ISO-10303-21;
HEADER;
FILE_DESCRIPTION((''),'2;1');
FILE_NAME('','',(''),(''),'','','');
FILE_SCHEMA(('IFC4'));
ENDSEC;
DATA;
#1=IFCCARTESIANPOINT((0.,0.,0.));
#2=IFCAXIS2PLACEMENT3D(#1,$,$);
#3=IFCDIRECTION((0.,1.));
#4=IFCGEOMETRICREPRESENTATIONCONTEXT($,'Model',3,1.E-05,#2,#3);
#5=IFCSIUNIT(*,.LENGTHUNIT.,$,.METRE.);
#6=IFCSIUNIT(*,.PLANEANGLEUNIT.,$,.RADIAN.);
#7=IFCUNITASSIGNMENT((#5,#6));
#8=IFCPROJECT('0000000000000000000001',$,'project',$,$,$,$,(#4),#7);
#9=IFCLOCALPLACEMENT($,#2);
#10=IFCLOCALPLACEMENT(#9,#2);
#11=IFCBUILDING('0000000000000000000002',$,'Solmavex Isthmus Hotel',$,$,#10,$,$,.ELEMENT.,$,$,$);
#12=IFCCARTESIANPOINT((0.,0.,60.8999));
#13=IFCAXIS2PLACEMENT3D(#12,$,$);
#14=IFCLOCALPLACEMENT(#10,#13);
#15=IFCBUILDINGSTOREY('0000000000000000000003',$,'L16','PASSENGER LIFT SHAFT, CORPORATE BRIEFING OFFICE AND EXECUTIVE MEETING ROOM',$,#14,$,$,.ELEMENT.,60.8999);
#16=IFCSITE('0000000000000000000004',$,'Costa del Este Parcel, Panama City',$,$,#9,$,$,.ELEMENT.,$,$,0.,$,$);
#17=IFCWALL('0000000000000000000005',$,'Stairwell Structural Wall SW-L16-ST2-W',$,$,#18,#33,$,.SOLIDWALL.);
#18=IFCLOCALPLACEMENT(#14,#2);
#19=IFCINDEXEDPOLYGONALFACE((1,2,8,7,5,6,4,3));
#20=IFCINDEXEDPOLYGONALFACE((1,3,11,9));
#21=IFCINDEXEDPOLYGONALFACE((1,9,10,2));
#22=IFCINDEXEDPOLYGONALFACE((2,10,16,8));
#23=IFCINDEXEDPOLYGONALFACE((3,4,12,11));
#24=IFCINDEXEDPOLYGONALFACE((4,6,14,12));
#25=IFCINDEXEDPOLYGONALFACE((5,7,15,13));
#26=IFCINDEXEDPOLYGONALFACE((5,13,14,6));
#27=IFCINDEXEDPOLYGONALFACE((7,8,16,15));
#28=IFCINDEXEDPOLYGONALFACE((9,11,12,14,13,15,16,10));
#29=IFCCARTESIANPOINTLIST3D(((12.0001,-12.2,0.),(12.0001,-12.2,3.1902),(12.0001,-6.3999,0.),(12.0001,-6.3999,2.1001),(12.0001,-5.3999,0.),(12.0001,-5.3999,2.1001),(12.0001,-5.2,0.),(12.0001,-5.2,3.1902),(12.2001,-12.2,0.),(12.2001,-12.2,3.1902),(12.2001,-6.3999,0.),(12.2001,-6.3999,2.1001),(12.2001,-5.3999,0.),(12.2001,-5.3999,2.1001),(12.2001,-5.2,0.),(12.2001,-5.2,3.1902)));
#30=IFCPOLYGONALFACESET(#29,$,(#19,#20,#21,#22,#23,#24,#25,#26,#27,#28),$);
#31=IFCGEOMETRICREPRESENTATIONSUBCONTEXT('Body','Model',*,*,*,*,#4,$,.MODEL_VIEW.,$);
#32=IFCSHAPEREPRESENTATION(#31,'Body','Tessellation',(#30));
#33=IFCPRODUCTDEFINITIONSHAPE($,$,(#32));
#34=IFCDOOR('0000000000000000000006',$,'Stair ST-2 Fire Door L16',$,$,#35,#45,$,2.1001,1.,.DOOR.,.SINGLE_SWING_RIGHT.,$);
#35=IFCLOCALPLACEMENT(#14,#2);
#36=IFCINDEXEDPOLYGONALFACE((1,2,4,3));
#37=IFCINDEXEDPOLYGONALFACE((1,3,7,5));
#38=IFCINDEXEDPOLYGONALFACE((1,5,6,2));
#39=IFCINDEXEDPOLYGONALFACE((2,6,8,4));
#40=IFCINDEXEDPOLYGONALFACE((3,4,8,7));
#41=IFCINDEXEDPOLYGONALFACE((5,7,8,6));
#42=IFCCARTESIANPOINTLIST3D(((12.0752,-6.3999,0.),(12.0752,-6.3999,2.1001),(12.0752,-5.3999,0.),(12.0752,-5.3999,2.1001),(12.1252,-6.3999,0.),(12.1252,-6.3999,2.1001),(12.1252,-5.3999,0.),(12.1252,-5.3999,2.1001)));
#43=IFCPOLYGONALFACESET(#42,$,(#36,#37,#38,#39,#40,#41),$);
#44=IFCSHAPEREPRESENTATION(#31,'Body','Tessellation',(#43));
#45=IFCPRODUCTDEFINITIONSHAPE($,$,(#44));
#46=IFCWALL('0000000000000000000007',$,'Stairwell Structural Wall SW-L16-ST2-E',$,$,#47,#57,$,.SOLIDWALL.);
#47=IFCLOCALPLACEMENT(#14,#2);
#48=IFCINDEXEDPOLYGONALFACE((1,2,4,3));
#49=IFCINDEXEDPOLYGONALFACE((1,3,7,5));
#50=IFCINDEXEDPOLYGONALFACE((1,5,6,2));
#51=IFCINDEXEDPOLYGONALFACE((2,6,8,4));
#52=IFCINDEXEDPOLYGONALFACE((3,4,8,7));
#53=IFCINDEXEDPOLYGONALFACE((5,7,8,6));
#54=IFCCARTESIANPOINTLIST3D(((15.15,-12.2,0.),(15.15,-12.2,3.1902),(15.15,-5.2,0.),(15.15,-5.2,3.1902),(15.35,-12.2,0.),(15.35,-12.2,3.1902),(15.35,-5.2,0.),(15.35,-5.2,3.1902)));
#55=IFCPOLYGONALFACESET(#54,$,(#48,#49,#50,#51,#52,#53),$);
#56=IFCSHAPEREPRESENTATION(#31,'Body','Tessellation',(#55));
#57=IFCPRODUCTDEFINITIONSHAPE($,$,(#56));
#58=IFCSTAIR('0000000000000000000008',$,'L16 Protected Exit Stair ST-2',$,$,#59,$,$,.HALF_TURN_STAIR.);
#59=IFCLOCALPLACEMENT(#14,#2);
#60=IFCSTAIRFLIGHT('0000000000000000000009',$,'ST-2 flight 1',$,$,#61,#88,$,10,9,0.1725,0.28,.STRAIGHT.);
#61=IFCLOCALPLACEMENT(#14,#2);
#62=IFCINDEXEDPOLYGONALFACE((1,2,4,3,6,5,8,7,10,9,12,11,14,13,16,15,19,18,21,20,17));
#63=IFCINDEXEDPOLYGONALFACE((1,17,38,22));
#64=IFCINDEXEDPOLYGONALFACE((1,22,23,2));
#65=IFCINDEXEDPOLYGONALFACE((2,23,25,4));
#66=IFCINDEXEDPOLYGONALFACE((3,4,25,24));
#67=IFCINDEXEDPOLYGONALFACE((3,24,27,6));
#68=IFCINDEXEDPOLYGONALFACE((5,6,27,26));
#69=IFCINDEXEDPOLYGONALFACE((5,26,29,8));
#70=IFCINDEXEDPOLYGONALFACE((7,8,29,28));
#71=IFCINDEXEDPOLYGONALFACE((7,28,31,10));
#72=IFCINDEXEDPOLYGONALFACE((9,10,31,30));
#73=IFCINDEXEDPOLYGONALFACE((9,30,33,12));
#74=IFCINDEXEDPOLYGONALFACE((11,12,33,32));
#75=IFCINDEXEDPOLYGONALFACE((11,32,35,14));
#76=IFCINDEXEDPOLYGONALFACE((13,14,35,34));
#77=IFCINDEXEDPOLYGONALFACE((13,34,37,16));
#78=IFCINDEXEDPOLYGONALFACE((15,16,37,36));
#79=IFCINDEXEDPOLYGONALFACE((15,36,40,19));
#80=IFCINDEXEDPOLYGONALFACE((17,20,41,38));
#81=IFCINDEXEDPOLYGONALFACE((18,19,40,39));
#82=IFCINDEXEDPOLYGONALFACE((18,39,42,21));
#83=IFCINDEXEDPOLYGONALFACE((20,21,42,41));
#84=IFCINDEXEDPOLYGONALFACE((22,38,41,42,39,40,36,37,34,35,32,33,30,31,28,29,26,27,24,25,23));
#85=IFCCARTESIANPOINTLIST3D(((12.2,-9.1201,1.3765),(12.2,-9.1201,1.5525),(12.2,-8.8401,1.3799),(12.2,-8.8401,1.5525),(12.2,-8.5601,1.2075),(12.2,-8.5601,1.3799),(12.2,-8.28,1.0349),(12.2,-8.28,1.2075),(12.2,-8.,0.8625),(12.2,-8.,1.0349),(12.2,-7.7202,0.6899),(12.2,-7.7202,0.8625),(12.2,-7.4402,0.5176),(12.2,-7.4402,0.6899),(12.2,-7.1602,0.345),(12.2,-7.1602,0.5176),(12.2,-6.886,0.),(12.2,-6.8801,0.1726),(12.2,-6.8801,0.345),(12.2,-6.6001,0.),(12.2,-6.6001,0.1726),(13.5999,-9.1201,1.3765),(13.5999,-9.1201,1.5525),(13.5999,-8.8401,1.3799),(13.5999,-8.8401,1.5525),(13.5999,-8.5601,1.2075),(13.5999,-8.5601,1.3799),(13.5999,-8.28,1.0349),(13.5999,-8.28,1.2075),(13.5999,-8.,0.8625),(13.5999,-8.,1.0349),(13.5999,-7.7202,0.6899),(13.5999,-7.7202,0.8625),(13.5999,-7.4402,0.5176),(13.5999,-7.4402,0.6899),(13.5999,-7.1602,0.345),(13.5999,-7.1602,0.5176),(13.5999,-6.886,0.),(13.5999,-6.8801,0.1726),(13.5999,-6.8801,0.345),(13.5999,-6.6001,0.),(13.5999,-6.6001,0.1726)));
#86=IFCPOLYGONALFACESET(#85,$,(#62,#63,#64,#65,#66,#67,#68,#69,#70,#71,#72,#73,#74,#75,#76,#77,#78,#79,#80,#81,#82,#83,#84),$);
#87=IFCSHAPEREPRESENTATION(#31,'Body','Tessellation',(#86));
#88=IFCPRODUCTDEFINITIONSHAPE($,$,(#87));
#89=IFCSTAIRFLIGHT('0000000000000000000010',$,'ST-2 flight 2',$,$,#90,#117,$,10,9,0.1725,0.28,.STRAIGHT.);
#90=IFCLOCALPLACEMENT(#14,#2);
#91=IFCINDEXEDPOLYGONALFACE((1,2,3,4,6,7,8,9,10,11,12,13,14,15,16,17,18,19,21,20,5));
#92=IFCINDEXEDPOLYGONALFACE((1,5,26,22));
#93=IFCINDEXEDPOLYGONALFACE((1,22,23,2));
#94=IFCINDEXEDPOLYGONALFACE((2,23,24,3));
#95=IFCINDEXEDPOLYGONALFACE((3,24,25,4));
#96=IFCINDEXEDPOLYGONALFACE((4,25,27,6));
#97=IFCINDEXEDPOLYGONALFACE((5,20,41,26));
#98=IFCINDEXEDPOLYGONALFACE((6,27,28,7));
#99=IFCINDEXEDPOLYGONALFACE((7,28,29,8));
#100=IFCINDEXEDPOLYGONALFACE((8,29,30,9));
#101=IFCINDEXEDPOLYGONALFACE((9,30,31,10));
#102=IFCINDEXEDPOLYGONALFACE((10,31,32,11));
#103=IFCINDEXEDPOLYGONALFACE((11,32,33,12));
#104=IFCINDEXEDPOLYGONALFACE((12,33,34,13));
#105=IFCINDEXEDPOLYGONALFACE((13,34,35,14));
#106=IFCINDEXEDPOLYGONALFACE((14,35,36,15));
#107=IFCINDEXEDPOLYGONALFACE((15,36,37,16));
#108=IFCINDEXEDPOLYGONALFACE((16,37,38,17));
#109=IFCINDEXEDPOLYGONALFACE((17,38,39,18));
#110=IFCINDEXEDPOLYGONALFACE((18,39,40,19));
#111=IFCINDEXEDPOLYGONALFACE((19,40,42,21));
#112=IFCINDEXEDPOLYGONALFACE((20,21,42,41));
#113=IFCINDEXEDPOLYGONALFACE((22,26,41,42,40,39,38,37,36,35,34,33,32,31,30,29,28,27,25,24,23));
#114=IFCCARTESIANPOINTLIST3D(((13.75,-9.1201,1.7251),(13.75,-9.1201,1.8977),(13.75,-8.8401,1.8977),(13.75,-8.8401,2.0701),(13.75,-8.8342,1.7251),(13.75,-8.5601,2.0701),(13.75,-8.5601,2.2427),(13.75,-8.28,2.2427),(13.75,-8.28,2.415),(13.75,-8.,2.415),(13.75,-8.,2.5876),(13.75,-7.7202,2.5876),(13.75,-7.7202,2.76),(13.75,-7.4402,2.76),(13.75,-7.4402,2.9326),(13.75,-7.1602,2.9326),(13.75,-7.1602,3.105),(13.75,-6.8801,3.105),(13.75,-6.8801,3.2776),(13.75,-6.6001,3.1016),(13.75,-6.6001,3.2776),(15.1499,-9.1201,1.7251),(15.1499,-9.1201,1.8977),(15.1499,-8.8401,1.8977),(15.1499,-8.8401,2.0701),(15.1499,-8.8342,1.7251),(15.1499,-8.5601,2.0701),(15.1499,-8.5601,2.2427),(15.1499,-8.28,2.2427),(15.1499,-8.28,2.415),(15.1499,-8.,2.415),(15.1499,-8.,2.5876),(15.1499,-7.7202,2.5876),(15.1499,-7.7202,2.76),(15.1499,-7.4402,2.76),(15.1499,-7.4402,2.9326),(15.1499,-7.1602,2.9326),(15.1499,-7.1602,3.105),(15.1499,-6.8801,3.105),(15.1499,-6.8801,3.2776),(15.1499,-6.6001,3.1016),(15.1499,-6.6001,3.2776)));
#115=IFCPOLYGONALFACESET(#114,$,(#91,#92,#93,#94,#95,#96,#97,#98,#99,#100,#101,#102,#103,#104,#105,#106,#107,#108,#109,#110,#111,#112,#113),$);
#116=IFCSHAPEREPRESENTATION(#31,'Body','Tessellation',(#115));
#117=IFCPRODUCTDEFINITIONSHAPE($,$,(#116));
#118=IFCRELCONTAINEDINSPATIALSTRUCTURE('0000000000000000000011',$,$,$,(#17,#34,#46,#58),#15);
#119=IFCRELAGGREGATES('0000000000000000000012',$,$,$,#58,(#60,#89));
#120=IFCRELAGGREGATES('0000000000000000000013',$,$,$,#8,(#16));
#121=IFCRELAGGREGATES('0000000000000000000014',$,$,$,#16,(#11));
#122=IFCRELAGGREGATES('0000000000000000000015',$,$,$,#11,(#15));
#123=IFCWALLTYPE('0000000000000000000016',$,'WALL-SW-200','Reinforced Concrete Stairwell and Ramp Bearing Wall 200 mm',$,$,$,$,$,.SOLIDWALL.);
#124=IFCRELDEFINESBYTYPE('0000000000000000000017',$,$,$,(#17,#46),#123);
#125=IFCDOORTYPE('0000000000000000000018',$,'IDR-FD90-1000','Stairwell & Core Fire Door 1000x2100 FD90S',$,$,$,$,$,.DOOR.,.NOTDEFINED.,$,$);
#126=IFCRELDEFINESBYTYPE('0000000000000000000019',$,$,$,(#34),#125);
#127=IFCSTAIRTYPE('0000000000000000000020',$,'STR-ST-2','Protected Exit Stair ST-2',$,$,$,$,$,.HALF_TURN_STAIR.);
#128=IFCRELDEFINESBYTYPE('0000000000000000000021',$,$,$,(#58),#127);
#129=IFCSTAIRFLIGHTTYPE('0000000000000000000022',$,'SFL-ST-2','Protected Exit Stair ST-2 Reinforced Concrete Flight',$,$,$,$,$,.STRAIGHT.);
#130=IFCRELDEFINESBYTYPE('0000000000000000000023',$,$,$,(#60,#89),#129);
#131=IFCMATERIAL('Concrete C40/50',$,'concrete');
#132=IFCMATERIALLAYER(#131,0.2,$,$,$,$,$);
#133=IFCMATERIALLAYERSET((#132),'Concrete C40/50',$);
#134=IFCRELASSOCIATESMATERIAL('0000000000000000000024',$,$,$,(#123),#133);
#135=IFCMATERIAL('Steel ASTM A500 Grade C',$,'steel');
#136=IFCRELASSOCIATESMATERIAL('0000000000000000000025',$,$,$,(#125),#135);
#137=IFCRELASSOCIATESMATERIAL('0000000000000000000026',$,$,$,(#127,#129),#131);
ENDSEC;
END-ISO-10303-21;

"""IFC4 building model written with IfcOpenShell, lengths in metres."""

from ifc_helpers import new_model, si_unit, direction, frame, frame_2d, origin, place, context, subcontext, project, spatial, polyline, rectangle, outline, extrude, material, layer, layer_set, type_object, element, fill, aggregate, save


model = new_model("IFC4")

# Units and contexts
model_context = context("Model", 3, precision=1e-05, world=origin(), true_north=direction((0.0, 1.0)))
body_context = subcontext(model_context, "Body", "Model", "MODEL_VIEW")
ifc_project = project(units=[si_unit("LENGTHUNIT", "METRE"), si_unit("PLANEANGLEUNIT", "RADIAN")], contexts=[model_context])

# Site, building, storey
site_placement = place(None, origin())
site = spatial("IfcSite", under=ifc_project, at=site_placement, Name="Costa del Este Parcel, Panama City", CompositionType="ELEMENT", RefElevation=0.0)
building_placement = place(site_placement, origin())
building = spatial("IfcBuilding", under=site, at=building_placement, Name="Solmavex Isthmus Hotel", CompositionType="ELEMENT")
storey_placement = place(building_placement, frame((0.0, 0.0, 60.8999)))
storey = spatial("IfcBuildingStorey", under=building, at=storey_placement, Name="L16", Description="PASSENGER LIFT SHAFT, CORPORATE BRIEFING OFFICE AND EXECUTIVE MEETING ROOM", CompositionType="ELEMENT", Elevation=60.8999)

# Shared definitions
ifc_material_1 = material(Name="Concrete C40/50", Category="concrete")
ifc_material_2 = material(Name="Steel ASTM A500 Grade C", Category="steel")

# Shared definitions
ifc_layer_1 = layer(ifc_material_1, 0.2)
ifc_layer_set_1 = layer_set([ifc_layer_1], Name="Concrete C40/50")
wall_type_1 = type_object("IfcWallType", Name="WALL-SW-200", Description="Reinforced Concrete Stairwell and Ramp Bearing Wall 200 mm", PredefinedType="SOLIDWALL", material=ifc_layer_set_1)

# Wall, opening, door
wall_1_placement = place(storey_placement, frame((12.1001, -12.2, 0.0), z_axis=(0.0, 0.0, 1.0), x_axis=(0.0, 1.0, 0.0)))
wall_1 = element("IfcWall", 1, at=wall_1_placement, inside=storey, type_object=wall_type_1, Name="Stairwell Structural Wall SW-L16-ST2-W", PredefinedType="SOLIDWALL", context=body_context, shape_type="SweptSolid", body=[
    extrude(rectangle(XDim=7.0, YDim=0.2, at=frame_2d((3.5, 0.0))), origin(), (0.0, 0.0, 1.0), 3.1902),
])
opening_1_placement = place(wall_1_placement, frame((5.8, 0.0, 0.0)))
opening_1 = element("IfcOpeningElement", 2, at=opening_1_placement, cuts=wall_1, PredefinedType="OPENING", context=body_context, shape_type="SweptSolid", body=[
    extrude(rectangle(XDim=1.0, YDim=2.1001, at=frame_2d((0.5, 1.05))), frame((0.0, 0.1099, 0.0), z_axis=(0.0, -1.0, 0.0), x_axis=(1.0, 0.0, 0.0)), (0.0, 0.0, 1.0), 0.22),
])
door_type_1 = type_object("IfcDoorType", Name="IDR-FD90-1000", Description="Stairwell & Core Fire Door 1000x2100 FD90S", OperationType="NOTDEFINED", PredefinedType="DOOR", material=ifc_material_2)
door_1_placement = place(opening_1_placement, origin())
door_1 = element("IfcDoor", 3, at=door_1_placement, inside=storey, type_object=door_type_1, Name="Stair ST-2 Fire Door L16", OperationType="SINGLE_SWING_RIGHT", OverallHeight=2.1001, OverallWidth=1.0, PredefinedType="DOOR", context=body_context, shape_type="SweptSolid", body=[
    extrude(rectangle(XDim=1.0, YDim=2.1001, at=frame_2d((0.5, 1.05))), frame((0.0, 0.0249, 0.0), z_axis=(0.0, -1.0, 0.0), x_axis=(1.0, 0.0, 0.0)), (0.0, 0.0, 1.0), 0.05),
])
fill(opening_1, door_1)

# Wall
wall_2_placement = place(storey_placement, frame((15.25, -12.2, 0.0), z_axis=(0.0, 0.0, 1.0), x_axis=(0.0, 1.0, 0.0)))
element("IfcWall", 4, at=wall_2_placement, inside=storey, type_object=wall_type_1, Name="Stairwell Structural Wall SW-L16-ST2-E", PredefinedType="SOLIDWALL", context=body_context, shape_type="SweptSolid", body=[
    extrude(rectangle(XDim=7.0, YDim=0.2, at=frame_2d((3.5, 0.0))), origin(), (0.0, 0.0, 1.0), 3.1902),
])

# Stair, stair flights
stair_type = type_object("IfcStairType", Name="STR-ST-2", Description="Protected Exit Stair ST-2", PredefinedType="HALF_TURN_STAIR", material=ifc_material_1)
stair_placement = place(storey_placement, origin())
stair = element("IfcStair", 5, at=stair_placement, inside=storey, type_object=stair_type, Name="L16 Protected Exit Stair ST-2", PredefinedType="HALF_TURN_STAIR")
stair_flight_type = type_object("IfcStairFlightType", Name="SFL-ST-2", Description="Protected Exit Stair ST-2 Reinforced Concrete Flight", PredefinedType="STRAIGHT", material=ifc_material_1)
stair_flight_1_placement = place(storey_placement, frame((12.8999, -6.6001, 0.0), z_axis=(0.0, 0.0, 1.0), x_axis=(0.0, -1.0, 0.0)))
stair_flight_1 = element("IfcStairFlight", 6, at=stair_flight_1_placement, type_object=stair_flight_type, Name="ST-2 flight 1", NumberOfRisers=10, NumberOfTreads=9, PredefinedType="STRAIGHT", RiserHeight=0.1725, TreadLength=0.28, context=body_context, shape_type="SweptSolid", body=[
    extrude(outline(polyline([(0.0, 0.0), (0.0, 0.1726), (0.28, 0.1726), (0.28, 0.345), (0.5601, 0.345), (0.5601, 0.5176), (0.8401, 0.5176), (0.8401, 0.6899), (1.1201, 0.6899), (1.1201, 0.8625), (1.3999, 0.8625), (1.3999, 1.0349), (1.6799, 1.0349), (1.6799, 1.2075), (1.96, 1.2075), (1.96, 1.3799), (2.24, 1.3799), (2.24, 1.5525), (2.52, 1.5525), (2.52, 1.7251), (2.52, 1.3765), (0.2859, 0.0), (0.0, 0.0)])), frame((0.0, 0.7, 0.0), z_axis=(0.0, -1.0, 0.0), x_axis=(1.0, 0.0, 0.0)), (0.0, 0.0, 1.0), 1.3999),
])
stair_flight_2_placement = place(storey_placement, frame((14.45, -9.1201, 1.7251), z_axis=(0.0, 0.0, 1.0), x_axis=(0.0, 1.0, 0.0)))
stair_flight_2 = element("IfcStairFlight", 7, at=stair_flight_2_placement, type_object=stair_flight_type, Name="ST-2 flight 2", NumberOfRisers=10, NumberOfTreads=9, PredefinedType="STRAIGHT", RiserHeight=0.1725, TreadLength=0.28, context=body_context, shape_type="SweptSolid", body=[
    extrude(outline(polyline([(0.0, 0.0), (0.0, 0.1726), (0.28, 0.1726), (0.28, 0.345), (0.5601, 0.345), (0.5601, 0.5176), (0.8401, 0.5176), (0.8401, 0.6899), (1.1201, 0.6899), (1.1201, 0.8625), (1.3999, 0.8625), (1.3999, 1.0349), (1.6799, 1.0349), (1.6799, 1.2075), (1.96, 1.2075), (1.96, 1.3799), (2.24, 1.3799), (2.24, 1.5525), (2.52, 1.5525), (2.52, 1.7251), (2.52, 1.3765), (0.2859, 0.0), (0.0, 0.0)])), frame((0.0, 0.7, 0.0), z_axis=(0.0, -1.0, 0.0), x_axis=(1.0, 0.0, 0.0)), (0.0, 0.0, 1.0), 1.3999),
])
aggregate(stair, [stair_flight_1, stair_flight_2])

save(model, "model.ifc")
